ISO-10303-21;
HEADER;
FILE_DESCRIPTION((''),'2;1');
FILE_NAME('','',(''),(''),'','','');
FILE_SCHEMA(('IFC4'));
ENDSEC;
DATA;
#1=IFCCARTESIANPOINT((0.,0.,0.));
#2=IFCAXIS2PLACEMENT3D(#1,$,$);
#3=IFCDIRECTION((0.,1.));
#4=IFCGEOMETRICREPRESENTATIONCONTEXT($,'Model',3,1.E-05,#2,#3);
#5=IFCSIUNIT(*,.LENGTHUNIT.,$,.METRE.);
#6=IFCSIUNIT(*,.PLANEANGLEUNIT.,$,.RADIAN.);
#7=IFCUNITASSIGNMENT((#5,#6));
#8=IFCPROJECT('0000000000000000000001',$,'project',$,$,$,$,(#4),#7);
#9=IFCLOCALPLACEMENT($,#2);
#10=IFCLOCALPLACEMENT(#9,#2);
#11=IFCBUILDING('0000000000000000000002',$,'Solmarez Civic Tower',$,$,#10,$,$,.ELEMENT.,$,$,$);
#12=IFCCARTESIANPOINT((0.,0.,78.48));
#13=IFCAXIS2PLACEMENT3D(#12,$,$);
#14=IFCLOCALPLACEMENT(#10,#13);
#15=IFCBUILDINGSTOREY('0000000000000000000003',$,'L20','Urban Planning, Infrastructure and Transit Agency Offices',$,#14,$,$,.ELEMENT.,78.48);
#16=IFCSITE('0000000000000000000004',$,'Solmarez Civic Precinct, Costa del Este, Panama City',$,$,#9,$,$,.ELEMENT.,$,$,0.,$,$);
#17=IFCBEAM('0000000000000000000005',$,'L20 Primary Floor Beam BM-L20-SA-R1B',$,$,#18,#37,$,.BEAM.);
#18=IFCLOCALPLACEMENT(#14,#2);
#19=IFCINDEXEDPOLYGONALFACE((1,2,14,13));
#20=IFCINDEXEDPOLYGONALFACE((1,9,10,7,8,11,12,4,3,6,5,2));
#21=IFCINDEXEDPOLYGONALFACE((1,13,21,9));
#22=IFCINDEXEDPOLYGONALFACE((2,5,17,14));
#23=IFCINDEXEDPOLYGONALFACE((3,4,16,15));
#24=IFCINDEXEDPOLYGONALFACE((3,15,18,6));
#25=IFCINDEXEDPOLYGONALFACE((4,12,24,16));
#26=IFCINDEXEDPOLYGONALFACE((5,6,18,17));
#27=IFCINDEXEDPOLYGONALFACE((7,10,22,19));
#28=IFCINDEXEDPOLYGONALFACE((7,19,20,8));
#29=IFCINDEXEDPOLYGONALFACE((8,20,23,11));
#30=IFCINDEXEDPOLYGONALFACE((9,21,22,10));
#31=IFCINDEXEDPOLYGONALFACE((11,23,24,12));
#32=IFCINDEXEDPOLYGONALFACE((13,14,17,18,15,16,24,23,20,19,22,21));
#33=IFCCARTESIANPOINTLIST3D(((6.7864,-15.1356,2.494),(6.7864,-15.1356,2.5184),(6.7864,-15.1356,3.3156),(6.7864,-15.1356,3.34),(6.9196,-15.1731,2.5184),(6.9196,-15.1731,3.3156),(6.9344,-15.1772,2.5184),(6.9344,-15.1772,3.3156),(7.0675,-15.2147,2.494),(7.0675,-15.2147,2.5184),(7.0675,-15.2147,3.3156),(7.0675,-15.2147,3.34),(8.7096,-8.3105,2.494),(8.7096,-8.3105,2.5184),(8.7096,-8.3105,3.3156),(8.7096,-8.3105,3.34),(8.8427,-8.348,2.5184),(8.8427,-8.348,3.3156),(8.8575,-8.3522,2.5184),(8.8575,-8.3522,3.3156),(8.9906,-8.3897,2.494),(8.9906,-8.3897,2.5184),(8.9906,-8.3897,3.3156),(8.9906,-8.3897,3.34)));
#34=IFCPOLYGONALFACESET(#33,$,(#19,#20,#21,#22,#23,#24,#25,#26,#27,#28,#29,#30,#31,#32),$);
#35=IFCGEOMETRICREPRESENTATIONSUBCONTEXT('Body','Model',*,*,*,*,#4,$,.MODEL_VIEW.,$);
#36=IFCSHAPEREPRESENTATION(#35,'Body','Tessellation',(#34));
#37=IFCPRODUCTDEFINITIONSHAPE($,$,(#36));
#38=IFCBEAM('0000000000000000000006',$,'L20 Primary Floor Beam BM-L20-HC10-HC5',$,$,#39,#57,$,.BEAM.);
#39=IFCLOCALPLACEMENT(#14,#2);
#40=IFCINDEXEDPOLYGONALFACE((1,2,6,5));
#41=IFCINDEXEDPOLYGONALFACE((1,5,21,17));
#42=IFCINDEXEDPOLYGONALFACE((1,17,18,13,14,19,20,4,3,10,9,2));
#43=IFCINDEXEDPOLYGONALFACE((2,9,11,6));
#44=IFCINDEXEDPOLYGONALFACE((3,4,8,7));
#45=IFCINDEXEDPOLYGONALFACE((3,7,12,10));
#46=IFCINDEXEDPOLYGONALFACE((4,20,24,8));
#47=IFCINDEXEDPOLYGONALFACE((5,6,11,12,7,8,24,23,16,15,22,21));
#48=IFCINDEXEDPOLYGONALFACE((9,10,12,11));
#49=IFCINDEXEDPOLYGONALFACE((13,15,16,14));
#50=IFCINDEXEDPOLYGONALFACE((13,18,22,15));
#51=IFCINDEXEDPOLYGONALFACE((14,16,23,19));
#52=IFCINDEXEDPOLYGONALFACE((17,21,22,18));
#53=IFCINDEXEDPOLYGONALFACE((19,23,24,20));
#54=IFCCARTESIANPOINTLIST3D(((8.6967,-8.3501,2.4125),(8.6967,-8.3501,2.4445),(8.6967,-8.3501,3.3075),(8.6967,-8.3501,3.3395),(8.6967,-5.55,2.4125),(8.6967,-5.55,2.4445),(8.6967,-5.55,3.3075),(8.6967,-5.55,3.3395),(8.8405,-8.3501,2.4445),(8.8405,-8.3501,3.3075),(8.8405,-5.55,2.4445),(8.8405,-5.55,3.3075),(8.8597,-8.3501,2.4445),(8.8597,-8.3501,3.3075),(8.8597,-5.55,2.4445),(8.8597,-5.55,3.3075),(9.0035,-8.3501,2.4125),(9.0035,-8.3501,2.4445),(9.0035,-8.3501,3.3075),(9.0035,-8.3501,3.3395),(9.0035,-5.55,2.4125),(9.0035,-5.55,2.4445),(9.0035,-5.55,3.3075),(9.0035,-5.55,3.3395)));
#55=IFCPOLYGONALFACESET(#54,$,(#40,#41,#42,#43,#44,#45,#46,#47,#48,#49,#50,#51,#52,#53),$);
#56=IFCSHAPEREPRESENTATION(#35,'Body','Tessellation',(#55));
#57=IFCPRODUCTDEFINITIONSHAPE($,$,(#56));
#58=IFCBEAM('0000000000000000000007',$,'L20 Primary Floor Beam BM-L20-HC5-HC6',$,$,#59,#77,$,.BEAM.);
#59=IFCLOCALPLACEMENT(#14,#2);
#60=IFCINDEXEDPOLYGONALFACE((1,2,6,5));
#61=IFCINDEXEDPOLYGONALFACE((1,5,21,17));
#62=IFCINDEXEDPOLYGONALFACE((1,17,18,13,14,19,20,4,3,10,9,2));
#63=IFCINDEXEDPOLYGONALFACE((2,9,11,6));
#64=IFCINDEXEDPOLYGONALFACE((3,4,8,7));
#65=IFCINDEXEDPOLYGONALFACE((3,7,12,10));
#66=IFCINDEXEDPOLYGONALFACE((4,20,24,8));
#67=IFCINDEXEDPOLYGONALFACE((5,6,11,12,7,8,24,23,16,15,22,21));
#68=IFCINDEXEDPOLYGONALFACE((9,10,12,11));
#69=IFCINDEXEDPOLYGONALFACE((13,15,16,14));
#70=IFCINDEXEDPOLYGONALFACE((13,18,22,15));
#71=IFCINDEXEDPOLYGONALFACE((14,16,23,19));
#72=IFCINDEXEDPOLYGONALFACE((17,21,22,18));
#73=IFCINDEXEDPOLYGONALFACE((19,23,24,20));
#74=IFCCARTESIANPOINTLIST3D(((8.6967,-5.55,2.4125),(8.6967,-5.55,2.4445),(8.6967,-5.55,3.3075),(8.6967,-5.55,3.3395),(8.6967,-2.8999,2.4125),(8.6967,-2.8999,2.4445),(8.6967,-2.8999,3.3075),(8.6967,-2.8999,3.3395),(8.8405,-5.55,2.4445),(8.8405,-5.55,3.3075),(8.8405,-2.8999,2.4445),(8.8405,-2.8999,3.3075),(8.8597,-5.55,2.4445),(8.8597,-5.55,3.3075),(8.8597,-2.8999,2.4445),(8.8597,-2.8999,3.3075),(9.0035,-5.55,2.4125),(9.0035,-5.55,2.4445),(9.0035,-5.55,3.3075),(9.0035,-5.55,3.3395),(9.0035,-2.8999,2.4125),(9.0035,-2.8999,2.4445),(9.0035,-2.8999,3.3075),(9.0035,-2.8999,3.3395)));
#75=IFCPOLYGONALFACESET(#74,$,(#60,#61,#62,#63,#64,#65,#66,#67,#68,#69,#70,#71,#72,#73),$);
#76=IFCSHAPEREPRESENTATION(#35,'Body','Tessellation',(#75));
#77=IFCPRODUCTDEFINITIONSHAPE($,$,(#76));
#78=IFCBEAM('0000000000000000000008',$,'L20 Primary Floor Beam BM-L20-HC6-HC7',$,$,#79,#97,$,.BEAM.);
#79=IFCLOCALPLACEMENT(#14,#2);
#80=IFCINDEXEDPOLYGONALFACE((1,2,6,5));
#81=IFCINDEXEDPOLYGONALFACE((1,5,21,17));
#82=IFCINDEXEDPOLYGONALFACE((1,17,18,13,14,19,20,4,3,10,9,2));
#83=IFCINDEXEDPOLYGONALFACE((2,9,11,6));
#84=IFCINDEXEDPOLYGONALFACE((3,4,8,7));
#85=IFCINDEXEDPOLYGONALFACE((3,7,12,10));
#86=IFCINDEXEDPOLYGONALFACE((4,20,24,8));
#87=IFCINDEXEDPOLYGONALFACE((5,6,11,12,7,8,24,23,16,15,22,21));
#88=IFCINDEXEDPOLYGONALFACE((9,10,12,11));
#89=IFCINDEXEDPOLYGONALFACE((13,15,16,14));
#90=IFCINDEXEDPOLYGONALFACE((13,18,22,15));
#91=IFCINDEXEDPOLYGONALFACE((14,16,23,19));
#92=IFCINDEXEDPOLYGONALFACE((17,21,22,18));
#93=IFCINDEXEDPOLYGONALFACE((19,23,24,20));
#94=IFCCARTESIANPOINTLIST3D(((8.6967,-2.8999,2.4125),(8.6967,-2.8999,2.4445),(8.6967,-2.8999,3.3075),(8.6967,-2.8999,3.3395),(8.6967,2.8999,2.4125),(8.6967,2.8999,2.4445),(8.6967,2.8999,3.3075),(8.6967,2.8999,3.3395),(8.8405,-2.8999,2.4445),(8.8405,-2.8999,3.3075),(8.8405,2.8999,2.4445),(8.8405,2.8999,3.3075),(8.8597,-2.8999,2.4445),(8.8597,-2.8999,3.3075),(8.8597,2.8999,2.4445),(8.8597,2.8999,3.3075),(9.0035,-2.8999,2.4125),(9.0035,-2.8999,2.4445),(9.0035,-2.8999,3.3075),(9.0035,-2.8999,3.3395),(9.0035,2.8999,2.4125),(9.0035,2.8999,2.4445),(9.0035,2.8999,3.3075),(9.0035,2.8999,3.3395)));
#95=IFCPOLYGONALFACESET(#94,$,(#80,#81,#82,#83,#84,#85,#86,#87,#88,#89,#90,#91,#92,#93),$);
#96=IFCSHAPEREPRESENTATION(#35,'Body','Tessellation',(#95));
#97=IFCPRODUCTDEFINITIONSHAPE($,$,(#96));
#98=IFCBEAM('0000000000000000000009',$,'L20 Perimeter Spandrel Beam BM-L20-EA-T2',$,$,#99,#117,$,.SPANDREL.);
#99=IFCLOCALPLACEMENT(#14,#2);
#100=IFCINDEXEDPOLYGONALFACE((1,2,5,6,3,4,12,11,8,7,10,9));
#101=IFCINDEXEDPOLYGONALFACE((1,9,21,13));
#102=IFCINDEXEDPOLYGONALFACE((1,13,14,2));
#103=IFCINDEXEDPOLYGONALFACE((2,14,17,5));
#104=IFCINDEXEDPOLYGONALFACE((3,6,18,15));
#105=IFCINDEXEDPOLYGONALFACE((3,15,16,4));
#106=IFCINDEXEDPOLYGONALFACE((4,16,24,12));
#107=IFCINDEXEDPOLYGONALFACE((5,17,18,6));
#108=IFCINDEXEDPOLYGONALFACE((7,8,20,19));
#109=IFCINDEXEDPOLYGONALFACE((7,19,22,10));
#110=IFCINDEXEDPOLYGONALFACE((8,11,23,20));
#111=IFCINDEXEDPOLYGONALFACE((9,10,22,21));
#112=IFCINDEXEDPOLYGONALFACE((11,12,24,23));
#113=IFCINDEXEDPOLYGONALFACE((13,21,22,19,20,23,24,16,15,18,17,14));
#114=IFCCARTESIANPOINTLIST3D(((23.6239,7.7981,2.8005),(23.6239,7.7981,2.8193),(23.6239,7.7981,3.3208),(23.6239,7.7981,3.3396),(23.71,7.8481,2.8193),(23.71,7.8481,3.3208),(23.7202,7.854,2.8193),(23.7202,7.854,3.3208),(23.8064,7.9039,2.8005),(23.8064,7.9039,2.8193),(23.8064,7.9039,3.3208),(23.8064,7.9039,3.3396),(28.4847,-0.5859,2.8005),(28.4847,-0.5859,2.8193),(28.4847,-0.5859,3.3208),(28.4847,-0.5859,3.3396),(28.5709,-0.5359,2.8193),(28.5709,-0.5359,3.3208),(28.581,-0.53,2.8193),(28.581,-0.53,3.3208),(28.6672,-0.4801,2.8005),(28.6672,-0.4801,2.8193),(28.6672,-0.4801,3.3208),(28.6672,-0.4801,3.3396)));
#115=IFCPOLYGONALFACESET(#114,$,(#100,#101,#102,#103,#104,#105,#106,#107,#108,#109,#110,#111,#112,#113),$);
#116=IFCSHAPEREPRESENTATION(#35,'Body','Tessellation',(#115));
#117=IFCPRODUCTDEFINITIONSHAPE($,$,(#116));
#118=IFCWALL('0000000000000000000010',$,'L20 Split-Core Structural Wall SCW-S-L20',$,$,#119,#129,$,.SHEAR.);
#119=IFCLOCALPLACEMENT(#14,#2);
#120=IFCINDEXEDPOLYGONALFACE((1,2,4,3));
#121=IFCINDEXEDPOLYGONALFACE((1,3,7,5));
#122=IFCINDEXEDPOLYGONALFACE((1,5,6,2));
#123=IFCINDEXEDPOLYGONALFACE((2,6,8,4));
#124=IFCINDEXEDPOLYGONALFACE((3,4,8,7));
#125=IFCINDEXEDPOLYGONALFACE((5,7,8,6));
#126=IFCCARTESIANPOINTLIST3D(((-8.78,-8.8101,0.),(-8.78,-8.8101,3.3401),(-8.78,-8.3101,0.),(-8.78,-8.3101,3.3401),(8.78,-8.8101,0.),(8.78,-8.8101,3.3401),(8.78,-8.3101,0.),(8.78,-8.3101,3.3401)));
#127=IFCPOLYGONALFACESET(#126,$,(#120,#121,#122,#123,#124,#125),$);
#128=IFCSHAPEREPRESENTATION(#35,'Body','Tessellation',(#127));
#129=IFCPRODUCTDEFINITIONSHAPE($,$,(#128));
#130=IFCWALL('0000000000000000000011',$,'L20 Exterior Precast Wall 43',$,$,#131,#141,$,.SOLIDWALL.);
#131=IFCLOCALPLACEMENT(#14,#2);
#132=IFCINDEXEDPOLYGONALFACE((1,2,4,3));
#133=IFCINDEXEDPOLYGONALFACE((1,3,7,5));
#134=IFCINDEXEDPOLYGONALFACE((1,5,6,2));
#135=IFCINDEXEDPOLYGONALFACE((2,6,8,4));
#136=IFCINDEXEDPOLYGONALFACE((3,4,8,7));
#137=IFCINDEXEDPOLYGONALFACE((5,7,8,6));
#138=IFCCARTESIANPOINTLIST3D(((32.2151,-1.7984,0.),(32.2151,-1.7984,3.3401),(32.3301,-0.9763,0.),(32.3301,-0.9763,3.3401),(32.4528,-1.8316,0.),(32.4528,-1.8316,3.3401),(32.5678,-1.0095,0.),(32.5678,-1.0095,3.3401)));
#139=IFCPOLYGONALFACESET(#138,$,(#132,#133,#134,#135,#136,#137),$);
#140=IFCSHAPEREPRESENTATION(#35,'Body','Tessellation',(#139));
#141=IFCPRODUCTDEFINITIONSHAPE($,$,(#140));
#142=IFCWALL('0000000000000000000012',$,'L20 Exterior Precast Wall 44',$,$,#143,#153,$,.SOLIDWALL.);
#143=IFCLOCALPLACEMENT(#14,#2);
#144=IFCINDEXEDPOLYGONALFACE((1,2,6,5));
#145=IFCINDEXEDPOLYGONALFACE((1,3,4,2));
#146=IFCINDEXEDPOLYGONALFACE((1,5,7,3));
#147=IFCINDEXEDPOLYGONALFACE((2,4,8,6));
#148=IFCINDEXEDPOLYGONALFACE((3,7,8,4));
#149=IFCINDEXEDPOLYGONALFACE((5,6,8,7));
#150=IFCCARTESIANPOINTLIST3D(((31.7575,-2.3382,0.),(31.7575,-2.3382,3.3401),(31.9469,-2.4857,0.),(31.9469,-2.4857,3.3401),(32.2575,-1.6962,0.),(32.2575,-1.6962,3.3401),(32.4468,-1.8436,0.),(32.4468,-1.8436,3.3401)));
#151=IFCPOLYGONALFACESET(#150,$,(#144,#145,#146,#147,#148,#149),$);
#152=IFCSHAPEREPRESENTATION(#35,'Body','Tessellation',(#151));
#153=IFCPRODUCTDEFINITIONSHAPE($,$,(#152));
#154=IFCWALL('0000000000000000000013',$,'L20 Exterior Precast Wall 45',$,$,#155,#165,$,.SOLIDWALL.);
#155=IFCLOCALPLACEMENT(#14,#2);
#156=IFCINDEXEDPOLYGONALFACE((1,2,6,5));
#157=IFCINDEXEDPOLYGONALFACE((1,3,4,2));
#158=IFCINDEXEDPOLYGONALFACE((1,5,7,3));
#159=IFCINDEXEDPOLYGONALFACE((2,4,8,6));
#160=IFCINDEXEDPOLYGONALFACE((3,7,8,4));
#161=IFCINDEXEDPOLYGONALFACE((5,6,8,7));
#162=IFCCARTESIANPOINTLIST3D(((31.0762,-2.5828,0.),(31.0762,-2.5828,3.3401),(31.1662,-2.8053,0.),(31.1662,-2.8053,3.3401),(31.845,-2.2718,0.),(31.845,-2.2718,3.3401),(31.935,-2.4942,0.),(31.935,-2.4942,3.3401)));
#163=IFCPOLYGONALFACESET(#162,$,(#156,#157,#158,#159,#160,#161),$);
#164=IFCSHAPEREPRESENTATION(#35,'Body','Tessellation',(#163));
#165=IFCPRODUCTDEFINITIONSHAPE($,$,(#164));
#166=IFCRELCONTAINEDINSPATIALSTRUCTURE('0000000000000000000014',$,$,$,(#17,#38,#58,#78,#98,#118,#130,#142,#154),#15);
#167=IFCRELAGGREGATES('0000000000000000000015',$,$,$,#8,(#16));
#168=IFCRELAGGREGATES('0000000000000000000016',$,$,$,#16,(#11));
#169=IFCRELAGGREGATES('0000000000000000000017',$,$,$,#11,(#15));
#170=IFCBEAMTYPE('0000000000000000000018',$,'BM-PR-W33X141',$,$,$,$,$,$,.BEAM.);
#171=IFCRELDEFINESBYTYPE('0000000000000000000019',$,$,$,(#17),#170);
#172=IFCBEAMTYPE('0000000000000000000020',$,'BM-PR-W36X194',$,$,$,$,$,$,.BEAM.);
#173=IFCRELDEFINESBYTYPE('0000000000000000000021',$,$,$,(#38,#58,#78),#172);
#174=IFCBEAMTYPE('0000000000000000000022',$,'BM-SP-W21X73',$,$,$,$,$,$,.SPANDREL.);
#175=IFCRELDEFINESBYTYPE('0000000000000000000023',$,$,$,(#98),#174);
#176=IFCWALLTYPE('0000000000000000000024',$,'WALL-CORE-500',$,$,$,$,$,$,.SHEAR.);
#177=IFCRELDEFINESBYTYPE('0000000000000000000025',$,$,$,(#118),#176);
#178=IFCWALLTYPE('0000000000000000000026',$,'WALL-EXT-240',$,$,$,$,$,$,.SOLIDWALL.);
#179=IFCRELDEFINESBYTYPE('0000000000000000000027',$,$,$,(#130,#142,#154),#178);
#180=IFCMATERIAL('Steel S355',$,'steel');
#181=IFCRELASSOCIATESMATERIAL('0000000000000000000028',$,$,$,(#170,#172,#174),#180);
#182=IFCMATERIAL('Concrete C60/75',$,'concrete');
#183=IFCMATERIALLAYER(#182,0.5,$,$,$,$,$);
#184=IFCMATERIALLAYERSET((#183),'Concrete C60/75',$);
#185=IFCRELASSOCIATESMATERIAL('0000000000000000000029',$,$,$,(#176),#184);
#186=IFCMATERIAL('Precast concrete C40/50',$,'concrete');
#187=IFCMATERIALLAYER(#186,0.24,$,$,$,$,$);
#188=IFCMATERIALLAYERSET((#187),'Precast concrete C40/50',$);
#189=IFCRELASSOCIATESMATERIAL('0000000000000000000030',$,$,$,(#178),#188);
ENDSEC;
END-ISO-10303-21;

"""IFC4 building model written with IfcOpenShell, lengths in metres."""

from ifc_helpers import new_model, si_unit, direction, frame, frame_2d, origin, origin_2d, place, context, subcontext, project, spatial, rectangle, i_section, extrude, material, layer, layer_set, material_profile, profile_set, type_object, element, save


model = new_model("IFC4")

# Units and contexts
model_context = context("Model", 3, precision=1e-05, world=origin(), true_north=direction((0.0, 1.0)))
body_context = subcontext(model_context, "Body", "Model", "MODEL_VIEW")
ifc_project = project(units=[si_unit("LENGTHUNIT", "METRE"), si_unit("PLANEANGLEUNIT", "RADIAN")], contexts=[model_context])

# Site, building, storey
site_placement = place(None, origin())
site = spatial("IfcSite", under=ifc_project, at=site_placement, Name="Solmarez Civic Precinct, Costa del Este, Panama City", CompositionType="ELEMENT", RefElevation=0.0)
building_placement = place(site_placement, origin())
building = spatial("IfcBuilding", under=site, at=building_placement, Name="Solmarez Civic Tower", CompositionType="ELEMENT")
storey_placement = place(building_placement, frame((0.0, 0.0, 78.48)))
storey = spatial("IfcBuildingStorey", under=building, at=storey_placement, Name="L20", Description="Urban Planning, Infrastructure and Transit Agency Offices", CompositionType="ELEMENT", Elevation=78.48)

# Shared definitions
ifc_material_1 = material(Name="Concrete C60/75", Category="concrete")

# Beams
ifc_material_2 = material(Name="Steel S355", Category="steel")
ifc_material_profile_1 = material_profile(ifc_material_2, i_section(OverallWidth=0.292, OverallDepth=0.8459, WebThickness=0.0154, FlangeThickness=0.0244, at=origin_2d()), Name="W33X141")
ifc_profile_set_1 = profile_set([ifc_material_profile_1], Name="Steel S355")
beam_type_1 = type_object("IfcBeamType", Name="BM-PR-W33X141", PredefinedType="BEAM", material=ifc_profile_set_1)
beam_1_placement = place(storey_placement, frame((8.8501, -8.3501, 2.917), z_axis=(-0.271213, -0.962519, 0.0), x_axis=(0.962519, -0.271213, 0.0)))
element("IfcBeam", 1, at=beam_1_placement, inside=storey, type_object=beam_type_1, Name="L20 Primary Floor Beam BM-L20-SA-R1B", PredefinedType="BEAM", context=body_context, shape_type="SweptSolid", body=[
    extrude(i_section(OverallWidth=0.292, OverallDepth=0.8459, WebThickness=0.0154, FlangeThickness=0.0244, at=origin_2d()), origin(), (0.0, 0.0, 1.0), 7.0908),
])
ifc_material_profile_2 = material_profile(ifc_material_2, i_section(OverallWidth=0.3069, OverallDepth=0.927, WebThickness=0.0193, FlangeThickness=0.032, at=origin_2d()), Name="W36X194")
ifc_profile_set_2 = profile_set([ifc_material_profile_2], Name="Steel S355")
beam_type_2 = type_object("IfcBeamType", Name="BM-PR-W36X194", PredefinedType="BEAM", material=ifc_profile_set_2)
beam_2_placement = place(storey_placement, frame((8.8501, -8.3501, 2.876), z_axis=(0.0, 1.0, 0.0), x_axis=(-1.0, 0.0, 0.0)))
element("IfcBeam", 2, at=beam_2_placement, inside=storey, type_object=beam_type_2, Name="L20 Primary Floor Beam BM-L20-HC10-HC5", PredefinedType="BEAM", context=body_context, shape_type="SweptSolid", body=[
    extrude(i_section(OverallWidth=0.3069, OverallDepth=0.927, WebThickness=0.0193, FlangeThickness=0.032, at=origin_2d()), origin(), (0.0, 0.0, 1.0), 2.8),
])
beam_3_placement = place(storey_placement, frame((8.8501, -5.55, 2.876), z_axis=(0.0, 1.0, 0.0), x_axis=(-1.0, 0.0, 0.0)))
element("IfcBeam", 3, at=beam_3_placement, inside=storey, type_object=beam_type_2, Name="L20 Primary Floor Beam BM-L20-HC5-HC6", PredefinedType="BEAM", context=body_context, shape_type="SweptSolid", body=[
    extrude(i_section(OverallWidth=0.3069, OverallDepth=0.927, WebThickness=0.0193, FlangeThickness=0.032, at=origin_2d()), origin(), (0.0, 0.0, 1.0), 2.6501),
])
beam_4_placement = place(storey_placement, frame((8.8501, -2.8999, 2.876), z_axis=(0.0, 1.0, 0.0), x_axis=(-1.0, 0.0, 0.0)))
element("IfcBeam", 4, at=beam_4_placement, inside=storey, type_object=beam_type_2, Name="L20 Primary Floor Beam BM-L20-HC6-HC7", PredefinedType="BEAM", context=body_context, shape_type="SweptSolid", body=[
    extrude(i_section(OverallWidth=0.3069, OverallDepth=0.927, WebThickness=0.0193, FlangeThickness=0.032, at=origin_2d()), origin(), (0.0, 0.0, 1.0), 5.7998),
])
ifc_material_profile_3 = material_profile(ifc_material_2, i_section(OverallWidth=0.2109, OverallDepth=0.5391, WebThickness=0.0117, FlangeThickness=0.0188, at=origin_2d()), Name="W21X73")
ifc_profile_set_3 = profile_set([ifc_material_profile_3], Name="Steel S355")
beam_type_3 = type_object("IfcBeamType", Name="BM-SP-W21X73", PredefinedType="SPANDREL", material=ifc_profile_set_3)
beam_5_placement = place(storey_placement, frame((28.5759, -0.533, 3.0701), z_axis=(-0.501571, 0.865116, 0.0), x_axis=(-0.865116, -0.501571, 0.0)))
element("IfcBeam", 5, at=beam_5_placement, inside=storey, type_object=beam_type_3, Name="L20 Perimeter Spandrel Beam BM-L20-EA-T2", PredefinedType="SPANDREL", context=body_context, shape_type="SweptSolid", body=[
    extrude(i_section(OverallWidth=0.2109, OverallDepth=0.5391, WebThickness=0.0117, FlangeThickness=0.0188, at=origin_2d()), origin(), (0.0, 0.0, 1.0), 9.6912),
])

# Walls
ifc_layer_1 = layer(ifc_material_1, 0.5)
ifc_layer_set_1 = layer_set([ifc_layer_1], Name="Concrete C60/75")
wall_type_1 = type_object("IfcWallType", Name="WALL-CORE-500", PredefinedType="SHEAR", material=ifc_layer_set_1)
wall_1_placement = place(storey_placement, frame((8.78, -8.5601, 0.0), z_axis=(0.0, 0.0, 1.0), x_axis=(-1.0, 0.0, 0.0)))
element("IfcWall", 6, at=wall_1_placement, inside=storey, type_object=wall_type_1, Name="L20 Split-Core Structural Wall SCW-S-L20", PredefinedType="SHEAR", context=body_context, shape_type="SweptSolid", body=[
    extrude(rectangle(XDim=17.5601, YDim=0.5, at=frame_2d((8.78, 0.0))), origin(), (0.0, 0.0, 1.0), 3.3401),
])
ifc_material_3 = material(Name="Precast concrete C40/50", Category="concrete")
ifc_layer_2 = layer(ifc_material_3, 0.24)
ifc_layer_set_2 = layer_set([ifc_layer_2], Name="Precast concrete C40/50")
wall_type_2 = type_object("IfcWallType", Name="WALL-EXT-240", PredefinedType="SOLIDWALL", material=ifc_layer_set_2)
wall_2_placement = place(storey_placement, frame((32.449, -0.9929, 0.0), z_axis=(0.0, 0.0, 1.0), x_axis=(-0.138538, -0.990357, 0.0)))
element("IfcWall", 7, at=wall_2_placement, inside=storey, type_object=wall_type_2, Name="L20 Exterior Precast Wall 43", PredefinedType="SOLIDWALL", context=body_context, shape_type="SweptSolid", body=[
    extrude(rectangle(XDim=0.8301, YDim=0.24, at=frame_2d((0.415, 0.0))), origin(), (0.0, 0.0, 1.0), 3.3401),
])
wall_3_placement = place(storey_placement, frame((32.3521, -1.77, 0.0), z_axis=(0.0, 0.0, 1.0), x_axis=(-0.614397, -0.788997, 0.0)))
element("IfcWall", 8, at=wall_3_placement, inside=storey, type_object=wall_type_2, Name="L20 Exterior Precast Wall 44", PredefinedType="SOLIDWALL", context=body_context, shape_type="SweptSolid", body=[
    extrude(rectangle(XDim=0.8137, YDim=0.24, at=frame_2d((0.4067, 0.0))), origin(), (0.0, 0.0, 1.0), 3.3401),
])
wall_4_placement = place(storey_placement, frame((31.8899, -2.3831, 0.0), z_axis=(0.0, 0.0, 1.0), x_axis=(-0.927008, -0.375042, 0.0)))
element("IfcWall", 9, at=wall_4_placement, inside=storey, type_object=wall_type_2, Name="L20 Exterior Precast Wall 45", PredefinedType="SOLIDWALL", context=body_context, shape_type="SweptSolid", body=[
    extrude(rectangle(XDim=0.8293, YDim=0.24, at=frame_2d((0.4146, 0.0))), origin(), (0.0, 0.0, 1.0), 3.3401),
])

save(model, "model.ifc")
